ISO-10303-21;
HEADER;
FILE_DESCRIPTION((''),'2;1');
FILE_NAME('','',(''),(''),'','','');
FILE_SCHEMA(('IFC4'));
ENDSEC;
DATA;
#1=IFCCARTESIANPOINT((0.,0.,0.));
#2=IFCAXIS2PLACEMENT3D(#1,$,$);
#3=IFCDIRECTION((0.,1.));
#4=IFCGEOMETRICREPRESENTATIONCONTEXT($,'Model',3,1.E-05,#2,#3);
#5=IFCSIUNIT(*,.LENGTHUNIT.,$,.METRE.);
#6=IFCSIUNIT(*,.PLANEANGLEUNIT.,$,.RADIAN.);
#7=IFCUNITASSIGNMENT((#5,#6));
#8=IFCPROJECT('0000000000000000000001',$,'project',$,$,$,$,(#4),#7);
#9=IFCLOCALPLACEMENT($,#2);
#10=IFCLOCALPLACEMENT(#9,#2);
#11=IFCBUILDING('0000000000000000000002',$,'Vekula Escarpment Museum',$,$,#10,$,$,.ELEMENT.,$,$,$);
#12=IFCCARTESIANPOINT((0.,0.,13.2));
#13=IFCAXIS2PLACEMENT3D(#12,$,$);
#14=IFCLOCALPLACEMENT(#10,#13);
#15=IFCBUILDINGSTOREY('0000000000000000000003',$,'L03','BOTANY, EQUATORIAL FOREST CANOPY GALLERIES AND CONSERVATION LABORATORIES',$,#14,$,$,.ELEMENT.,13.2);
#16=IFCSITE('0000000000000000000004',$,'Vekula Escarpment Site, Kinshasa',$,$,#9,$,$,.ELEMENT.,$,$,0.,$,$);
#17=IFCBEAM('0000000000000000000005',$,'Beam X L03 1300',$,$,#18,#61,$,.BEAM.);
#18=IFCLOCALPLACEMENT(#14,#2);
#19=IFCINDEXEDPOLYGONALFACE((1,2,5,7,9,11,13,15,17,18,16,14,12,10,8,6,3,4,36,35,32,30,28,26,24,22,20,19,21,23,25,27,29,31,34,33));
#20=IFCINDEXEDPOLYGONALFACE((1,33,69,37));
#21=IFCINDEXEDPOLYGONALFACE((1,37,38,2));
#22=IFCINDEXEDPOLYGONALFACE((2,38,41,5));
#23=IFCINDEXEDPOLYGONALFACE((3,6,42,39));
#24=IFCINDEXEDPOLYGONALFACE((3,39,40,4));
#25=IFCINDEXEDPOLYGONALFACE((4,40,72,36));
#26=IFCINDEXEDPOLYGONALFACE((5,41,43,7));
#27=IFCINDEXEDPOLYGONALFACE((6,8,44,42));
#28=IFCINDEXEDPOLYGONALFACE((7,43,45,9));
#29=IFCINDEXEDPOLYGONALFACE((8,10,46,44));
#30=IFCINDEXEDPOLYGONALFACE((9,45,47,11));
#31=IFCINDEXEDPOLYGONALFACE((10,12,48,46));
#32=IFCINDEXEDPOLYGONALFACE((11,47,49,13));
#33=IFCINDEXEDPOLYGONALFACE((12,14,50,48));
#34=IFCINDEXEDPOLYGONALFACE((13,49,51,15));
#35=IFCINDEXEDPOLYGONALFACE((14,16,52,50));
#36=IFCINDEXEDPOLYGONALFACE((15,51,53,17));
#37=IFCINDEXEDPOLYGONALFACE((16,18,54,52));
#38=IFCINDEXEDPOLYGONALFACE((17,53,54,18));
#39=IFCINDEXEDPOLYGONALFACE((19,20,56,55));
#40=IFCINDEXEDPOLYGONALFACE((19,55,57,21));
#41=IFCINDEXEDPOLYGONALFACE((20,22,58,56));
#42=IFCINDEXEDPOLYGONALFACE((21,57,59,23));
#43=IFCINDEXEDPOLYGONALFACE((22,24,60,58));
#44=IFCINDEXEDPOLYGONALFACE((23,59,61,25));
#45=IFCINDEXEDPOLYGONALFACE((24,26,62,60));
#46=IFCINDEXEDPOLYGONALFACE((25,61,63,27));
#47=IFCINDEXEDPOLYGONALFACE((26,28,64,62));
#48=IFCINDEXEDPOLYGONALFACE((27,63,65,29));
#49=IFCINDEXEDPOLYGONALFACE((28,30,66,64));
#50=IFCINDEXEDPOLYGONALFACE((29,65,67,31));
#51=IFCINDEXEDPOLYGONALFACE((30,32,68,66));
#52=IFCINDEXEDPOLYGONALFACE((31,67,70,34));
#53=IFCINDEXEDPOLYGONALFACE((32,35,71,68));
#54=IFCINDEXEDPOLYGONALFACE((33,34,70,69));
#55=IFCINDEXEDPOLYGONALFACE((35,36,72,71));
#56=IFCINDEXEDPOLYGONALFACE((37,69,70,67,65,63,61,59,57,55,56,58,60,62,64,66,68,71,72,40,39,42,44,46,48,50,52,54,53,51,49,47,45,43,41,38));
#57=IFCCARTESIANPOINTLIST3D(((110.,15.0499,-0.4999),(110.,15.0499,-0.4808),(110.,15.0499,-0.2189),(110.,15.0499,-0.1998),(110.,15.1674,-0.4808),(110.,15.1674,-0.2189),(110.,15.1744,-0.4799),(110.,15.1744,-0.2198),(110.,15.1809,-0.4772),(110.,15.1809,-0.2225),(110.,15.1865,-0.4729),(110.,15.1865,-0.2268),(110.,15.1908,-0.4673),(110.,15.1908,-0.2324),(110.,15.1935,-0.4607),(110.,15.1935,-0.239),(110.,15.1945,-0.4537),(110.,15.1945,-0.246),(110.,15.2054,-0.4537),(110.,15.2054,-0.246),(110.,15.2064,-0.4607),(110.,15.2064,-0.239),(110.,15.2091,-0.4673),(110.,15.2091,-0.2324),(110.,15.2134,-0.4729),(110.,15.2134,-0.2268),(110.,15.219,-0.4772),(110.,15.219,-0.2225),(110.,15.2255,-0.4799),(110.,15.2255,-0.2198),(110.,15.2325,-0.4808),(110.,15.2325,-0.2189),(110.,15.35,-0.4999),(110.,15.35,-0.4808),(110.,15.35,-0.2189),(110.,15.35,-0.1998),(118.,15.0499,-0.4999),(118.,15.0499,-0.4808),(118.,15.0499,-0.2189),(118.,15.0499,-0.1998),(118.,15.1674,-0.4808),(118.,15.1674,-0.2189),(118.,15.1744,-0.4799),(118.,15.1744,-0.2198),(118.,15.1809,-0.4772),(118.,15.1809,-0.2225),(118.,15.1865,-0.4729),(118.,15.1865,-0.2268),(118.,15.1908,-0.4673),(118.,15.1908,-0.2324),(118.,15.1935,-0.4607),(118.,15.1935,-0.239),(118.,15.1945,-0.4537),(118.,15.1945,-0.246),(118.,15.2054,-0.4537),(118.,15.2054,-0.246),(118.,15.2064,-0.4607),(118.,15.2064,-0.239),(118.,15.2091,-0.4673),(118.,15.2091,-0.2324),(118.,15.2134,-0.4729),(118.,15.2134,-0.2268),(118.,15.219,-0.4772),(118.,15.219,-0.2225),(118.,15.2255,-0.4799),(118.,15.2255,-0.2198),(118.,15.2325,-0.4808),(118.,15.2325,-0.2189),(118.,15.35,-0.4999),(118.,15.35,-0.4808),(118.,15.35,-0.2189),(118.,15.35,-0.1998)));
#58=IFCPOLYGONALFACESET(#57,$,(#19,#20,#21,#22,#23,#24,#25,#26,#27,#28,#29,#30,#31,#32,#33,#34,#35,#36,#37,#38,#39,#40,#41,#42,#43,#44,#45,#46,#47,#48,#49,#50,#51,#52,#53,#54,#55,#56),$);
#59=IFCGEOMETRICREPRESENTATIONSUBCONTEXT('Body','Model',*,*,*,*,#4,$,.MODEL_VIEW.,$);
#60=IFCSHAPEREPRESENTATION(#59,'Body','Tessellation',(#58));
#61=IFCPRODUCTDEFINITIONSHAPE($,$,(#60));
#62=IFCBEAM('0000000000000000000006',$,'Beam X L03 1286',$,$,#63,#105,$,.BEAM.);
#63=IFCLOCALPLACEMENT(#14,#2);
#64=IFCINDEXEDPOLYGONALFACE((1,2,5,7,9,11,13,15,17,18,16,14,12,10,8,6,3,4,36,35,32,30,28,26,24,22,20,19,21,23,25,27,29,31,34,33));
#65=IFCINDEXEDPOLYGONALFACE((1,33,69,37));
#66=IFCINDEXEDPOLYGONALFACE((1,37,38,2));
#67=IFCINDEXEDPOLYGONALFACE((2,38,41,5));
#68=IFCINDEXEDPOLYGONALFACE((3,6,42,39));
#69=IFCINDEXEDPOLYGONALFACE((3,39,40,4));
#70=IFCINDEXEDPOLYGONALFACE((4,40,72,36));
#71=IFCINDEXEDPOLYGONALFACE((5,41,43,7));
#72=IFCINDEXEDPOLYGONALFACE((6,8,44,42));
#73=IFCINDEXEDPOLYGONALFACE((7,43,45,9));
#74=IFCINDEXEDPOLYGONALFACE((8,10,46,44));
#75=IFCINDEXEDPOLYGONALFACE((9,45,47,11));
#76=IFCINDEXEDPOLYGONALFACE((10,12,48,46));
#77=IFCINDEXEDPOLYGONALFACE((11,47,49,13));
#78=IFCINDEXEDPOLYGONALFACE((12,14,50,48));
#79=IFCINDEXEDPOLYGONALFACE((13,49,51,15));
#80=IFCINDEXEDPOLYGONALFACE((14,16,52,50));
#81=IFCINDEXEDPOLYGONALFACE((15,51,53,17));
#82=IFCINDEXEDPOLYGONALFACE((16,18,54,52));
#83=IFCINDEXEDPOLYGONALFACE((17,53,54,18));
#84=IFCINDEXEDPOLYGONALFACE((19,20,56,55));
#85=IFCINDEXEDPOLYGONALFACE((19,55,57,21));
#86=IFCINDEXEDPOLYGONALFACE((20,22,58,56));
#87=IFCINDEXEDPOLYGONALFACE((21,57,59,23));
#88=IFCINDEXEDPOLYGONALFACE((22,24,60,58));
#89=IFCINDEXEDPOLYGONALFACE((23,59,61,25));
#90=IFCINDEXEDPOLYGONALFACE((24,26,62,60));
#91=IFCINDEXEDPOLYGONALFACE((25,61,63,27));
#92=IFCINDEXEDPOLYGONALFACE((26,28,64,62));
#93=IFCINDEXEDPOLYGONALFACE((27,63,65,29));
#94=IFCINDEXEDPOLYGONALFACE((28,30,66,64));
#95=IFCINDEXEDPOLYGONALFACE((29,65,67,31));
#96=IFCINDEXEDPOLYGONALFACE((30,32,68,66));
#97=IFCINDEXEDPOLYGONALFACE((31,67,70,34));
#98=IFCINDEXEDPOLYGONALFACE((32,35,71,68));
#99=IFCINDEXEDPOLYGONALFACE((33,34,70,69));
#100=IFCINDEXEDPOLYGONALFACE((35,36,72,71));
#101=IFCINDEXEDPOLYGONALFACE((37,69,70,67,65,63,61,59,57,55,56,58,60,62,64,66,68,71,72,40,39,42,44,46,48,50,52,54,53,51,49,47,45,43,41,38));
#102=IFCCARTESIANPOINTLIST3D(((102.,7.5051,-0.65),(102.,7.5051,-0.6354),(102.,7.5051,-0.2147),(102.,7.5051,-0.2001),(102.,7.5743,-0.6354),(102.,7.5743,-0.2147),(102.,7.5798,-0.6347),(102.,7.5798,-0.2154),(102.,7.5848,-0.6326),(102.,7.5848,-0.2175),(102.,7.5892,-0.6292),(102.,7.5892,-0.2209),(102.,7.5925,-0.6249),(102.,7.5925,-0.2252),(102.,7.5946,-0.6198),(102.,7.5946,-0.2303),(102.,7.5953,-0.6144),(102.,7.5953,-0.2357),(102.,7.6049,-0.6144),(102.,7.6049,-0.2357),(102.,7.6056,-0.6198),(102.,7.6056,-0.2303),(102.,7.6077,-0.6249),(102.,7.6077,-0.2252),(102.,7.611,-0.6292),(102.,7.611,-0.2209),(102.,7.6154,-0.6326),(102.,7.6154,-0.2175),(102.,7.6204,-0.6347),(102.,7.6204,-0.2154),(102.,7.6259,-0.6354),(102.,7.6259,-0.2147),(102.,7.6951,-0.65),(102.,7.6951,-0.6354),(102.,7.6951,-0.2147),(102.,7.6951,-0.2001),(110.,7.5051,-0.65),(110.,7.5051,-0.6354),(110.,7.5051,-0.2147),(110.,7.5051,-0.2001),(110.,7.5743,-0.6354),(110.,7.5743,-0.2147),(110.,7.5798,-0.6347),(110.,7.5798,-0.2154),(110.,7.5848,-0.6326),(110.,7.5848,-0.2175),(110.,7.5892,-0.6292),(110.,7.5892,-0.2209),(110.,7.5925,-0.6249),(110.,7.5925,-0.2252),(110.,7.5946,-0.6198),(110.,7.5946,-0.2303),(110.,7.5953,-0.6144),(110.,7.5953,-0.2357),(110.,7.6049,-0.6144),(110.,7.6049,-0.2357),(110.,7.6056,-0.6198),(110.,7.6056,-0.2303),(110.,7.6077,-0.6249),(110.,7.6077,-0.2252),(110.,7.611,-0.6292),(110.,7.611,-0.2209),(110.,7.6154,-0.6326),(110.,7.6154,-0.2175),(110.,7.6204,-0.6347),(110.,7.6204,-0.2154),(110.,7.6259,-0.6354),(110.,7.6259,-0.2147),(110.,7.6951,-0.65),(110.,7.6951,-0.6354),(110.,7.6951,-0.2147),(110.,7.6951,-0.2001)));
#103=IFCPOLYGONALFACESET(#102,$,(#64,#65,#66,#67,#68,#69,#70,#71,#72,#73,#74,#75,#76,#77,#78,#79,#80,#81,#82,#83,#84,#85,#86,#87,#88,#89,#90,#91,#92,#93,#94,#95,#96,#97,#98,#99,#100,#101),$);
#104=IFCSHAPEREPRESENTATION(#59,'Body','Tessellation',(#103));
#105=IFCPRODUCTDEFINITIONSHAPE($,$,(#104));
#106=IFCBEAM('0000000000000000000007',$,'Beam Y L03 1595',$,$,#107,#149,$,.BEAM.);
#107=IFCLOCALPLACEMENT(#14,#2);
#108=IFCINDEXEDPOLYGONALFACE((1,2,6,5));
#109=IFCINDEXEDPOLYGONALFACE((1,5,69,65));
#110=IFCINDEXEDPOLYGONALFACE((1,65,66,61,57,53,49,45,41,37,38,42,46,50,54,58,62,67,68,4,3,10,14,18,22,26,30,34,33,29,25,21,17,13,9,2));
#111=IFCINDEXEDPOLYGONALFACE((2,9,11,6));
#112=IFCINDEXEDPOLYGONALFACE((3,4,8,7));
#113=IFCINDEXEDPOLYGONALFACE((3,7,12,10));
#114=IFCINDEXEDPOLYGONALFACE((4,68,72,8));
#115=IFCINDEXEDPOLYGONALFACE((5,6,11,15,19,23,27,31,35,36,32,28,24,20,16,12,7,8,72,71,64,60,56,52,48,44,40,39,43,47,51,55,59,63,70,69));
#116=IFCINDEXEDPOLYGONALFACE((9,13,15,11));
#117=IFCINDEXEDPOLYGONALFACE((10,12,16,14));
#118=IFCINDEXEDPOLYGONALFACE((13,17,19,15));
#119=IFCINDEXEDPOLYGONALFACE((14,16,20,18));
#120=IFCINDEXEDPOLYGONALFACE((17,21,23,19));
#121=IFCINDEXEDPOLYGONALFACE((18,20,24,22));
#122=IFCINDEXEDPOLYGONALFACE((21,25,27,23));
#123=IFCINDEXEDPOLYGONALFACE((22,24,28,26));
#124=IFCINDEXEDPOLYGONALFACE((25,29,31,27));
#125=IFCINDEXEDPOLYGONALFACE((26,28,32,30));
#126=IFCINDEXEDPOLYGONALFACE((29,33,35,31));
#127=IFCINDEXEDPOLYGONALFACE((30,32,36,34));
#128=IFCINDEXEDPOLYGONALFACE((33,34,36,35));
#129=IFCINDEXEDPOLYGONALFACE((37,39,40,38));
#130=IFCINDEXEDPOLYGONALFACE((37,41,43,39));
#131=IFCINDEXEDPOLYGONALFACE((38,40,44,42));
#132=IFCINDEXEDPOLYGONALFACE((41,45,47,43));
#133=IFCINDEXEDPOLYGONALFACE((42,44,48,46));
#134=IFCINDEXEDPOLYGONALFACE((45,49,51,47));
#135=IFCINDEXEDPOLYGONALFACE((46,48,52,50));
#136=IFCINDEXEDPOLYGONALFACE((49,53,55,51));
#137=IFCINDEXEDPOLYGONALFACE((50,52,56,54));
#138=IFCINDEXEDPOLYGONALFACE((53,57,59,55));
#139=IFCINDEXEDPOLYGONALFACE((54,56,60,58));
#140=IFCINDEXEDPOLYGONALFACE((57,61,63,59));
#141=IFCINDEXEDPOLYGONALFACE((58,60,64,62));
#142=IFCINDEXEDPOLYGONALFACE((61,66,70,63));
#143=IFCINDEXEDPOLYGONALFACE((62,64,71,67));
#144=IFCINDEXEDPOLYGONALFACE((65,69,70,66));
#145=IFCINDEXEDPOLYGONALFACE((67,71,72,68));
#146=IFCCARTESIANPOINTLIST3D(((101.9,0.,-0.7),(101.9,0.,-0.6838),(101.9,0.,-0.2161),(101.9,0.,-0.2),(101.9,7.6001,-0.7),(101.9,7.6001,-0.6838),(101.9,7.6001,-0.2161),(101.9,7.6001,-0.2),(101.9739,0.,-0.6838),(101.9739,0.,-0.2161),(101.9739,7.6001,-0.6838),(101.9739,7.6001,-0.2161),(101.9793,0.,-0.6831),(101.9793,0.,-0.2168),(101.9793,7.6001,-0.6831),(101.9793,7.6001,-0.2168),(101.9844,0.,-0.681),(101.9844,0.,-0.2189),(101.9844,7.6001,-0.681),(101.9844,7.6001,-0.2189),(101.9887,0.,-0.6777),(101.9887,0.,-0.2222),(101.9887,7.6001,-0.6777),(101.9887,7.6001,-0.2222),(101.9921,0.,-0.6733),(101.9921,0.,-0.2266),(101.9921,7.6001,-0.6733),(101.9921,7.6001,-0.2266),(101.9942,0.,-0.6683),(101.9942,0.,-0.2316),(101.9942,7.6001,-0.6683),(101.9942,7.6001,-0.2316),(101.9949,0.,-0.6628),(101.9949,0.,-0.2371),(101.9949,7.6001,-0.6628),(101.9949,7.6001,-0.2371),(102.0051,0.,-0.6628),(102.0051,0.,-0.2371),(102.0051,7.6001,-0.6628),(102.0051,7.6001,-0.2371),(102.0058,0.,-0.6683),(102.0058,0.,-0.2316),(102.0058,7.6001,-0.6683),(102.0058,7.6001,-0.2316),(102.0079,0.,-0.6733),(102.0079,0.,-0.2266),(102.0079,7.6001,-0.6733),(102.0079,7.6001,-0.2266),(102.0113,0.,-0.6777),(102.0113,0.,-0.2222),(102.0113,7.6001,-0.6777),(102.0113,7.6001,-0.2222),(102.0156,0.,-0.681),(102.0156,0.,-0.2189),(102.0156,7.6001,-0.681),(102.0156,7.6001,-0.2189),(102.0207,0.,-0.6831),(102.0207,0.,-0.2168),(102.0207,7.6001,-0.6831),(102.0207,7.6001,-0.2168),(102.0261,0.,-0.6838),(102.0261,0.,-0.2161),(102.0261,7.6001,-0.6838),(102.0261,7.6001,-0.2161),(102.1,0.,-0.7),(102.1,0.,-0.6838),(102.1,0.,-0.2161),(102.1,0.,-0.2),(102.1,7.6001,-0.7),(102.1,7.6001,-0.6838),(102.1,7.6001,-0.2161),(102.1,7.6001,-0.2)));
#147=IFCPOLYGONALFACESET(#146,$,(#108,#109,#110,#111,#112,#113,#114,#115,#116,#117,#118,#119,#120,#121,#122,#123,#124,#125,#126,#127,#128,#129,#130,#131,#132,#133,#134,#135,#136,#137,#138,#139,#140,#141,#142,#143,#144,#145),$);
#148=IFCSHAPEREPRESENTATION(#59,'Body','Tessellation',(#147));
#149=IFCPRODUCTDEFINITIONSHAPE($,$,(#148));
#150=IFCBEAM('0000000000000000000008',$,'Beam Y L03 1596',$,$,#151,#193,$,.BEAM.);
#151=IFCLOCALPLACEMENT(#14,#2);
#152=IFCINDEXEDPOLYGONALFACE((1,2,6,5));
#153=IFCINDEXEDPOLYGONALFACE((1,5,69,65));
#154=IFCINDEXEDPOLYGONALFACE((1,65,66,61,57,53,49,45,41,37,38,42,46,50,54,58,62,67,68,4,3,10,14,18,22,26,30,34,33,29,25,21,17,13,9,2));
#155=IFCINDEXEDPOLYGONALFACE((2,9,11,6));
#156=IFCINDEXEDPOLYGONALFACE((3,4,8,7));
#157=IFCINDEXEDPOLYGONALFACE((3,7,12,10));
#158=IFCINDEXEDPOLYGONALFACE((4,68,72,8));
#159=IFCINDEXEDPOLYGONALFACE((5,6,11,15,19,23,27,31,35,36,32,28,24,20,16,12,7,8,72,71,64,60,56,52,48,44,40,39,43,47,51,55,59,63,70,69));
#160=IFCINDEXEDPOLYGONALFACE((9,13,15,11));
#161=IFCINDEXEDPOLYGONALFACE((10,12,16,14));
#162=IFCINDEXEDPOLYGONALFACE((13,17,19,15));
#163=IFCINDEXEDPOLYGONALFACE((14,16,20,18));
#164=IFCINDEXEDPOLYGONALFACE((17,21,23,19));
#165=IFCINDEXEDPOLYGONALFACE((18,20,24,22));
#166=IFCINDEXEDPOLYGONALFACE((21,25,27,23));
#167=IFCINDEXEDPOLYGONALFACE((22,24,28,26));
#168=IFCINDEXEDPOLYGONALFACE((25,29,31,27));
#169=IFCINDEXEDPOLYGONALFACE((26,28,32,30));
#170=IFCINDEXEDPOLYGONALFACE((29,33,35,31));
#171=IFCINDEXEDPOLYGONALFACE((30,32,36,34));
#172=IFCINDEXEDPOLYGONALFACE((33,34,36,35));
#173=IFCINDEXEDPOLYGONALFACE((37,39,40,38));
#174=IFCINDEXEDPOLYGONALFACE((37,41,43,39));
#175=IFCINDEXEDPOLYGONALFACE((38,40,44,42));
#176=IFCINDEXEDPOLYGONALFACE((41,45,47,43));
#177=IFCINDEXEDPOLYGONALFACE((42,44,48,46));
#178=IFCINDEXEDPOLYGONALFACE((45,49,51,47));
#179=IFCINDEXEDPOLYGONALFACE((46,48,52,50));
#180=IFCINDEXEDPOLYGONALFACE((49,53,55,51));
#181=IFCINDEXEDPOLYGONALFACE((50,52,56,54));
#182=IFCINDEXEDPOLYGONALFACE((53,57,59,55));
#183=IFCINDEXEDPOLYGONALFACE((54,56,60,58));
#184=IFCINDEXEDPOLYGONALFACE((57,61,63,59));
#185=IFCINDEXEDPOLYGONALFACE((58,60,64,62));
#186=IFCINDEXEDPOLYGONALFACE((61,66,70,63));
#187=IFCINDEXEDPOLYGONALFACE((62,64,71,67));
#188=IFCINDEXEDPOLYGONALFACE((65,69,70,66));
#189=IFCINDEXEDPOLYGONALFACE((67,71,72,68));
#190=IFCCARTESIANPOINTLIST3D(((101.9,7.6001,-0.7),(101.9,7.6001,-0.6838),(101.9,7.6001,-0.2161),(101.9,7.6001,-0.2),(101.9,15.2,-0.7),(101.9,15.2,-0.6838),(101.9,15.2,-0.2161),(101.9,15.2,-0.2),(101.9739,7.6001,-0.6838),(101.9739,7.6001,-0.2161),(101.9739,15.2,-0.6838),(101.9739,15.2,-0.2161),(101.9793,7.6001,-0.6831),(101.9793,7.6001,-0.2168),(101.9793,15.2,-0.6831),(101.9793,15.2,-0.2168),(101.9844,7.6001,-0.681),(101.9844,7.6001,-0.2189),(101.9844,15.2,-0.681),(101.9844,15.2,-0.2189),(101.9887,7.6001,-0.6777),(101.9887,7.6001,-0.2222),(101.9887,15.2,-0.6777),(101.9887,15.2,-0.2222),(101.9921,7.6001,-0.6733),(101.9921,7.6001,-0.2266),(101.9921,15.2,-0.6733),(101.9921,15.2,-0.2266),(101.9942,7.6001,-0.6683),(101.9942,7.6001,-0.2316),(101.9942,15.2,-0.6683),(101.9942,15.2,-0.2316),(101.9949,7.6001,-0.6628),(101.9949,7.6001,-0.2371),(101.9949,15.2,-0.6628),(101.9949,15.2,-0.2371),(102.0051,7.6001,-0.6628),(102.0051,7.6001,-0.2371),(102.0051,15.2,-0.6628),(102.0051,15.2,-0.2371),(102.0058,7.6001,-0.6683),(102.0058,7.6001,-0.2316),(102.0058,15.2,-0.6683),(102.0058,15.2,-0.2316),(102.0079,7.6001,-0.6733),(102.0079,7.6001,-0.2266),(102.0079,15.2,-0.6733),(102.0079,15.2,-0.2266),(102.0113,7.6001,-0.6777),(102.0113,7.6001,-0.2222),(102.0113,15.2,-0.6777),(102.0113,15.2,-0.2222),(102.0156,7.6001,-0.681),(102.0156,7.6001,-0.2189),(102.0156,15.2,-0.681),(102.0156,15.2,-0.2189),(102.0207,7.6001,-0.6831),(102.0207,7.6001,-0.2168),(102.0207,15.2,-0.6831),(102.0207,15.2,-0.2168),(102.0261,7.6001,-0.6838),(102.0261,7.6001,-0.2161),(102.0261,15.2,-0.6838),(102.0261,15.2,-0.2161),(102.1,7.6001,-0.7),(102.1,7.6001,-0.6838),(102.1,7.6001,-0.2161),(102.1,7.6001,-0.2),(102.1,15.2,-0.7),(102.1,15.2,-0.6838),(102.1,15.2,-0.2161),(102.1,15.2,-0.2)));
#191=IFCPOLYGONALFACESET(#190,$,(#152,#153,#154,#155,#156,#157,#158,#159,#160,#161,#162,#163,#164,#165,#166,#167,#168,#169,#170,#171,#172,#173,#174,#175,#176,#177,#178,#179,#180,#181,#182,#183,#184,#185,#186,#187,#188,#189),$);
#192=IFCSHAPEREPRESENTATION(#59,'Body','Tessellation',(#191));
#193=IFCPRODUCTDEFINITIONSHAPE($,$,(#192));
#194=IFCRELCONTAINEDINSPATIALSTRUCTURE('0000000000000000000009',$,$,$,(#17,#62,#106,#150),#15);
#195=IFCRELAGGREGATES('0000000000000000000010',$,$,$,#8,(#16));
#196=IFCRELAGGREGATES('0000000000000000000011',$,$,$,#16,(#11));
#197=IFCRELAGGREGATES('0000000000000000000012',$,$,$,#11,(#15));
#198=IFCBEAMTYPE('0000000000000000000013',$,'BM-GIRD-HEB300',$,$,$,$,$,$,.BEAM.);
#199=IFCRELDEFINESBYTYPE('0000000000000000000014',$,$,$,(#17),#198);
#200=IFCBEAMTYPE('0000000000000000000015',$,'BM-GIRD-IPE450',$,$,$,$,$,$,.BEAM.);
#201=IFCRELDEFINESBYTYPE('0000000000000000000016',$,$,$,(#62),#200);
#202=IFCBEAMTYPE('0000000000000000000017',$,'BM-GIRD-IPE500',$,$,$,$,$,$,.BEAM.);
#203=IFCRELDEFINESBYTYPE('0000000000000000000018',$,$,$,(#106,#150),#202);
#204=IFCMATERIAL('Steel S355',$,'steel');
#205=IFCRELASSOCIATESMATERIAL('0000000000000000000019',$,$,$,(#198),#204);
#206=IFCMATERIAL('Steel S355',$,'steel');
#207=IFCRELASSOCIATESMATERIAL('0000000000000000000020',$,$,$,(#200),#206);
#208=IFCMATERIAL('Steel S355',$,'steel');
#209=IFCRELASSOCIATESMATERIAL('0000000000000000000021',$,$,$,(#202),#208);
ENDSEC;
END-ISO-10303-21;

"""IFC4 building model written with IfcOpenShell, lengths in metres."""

from ifc_helpers import new_model, si_unit, direction, frame, origin, origin_2d, place, context, subcontext, project, spatial, i_section, extrude, material, material_profile, profile_set, type_object, element, save


model = new_model("IFC4")

# Units and contexts
model_context = context("Model", 3, precision=1e-05, world=origin(), true_north=direction((0.0, 1.0)))
body_context = subcontext(model_context, "Body", "Model", "MODEL_VIEW")
ifc_project = project(units=[si_unit("LENGTHUNIT", "METRE"), si_unit("PLANEANGLEUNIT", "RADIAN")], contexts=[model_context])

# Site, building, storey
site_placement = place(None, origin())
site = spatial("IfcSite", under=ifc_project, at=site_placement, Name="Vekula Escarpment Site, Kinshasa", CompositionType="ELEMENT", RefElevation=0.0)
building_placement = place(site_placement, origin())
building = spatial("IfcBuilding", under=site, at=building_placement, Name="Vekula Escarpment Museum", CompositionType="ELEMENT")
storey_placement = place(building_placement, frame((0.0, 0.0, 13.2)))
storey = spatial("IfcBuildingStorey", under=building, at=storey_placement, Name="L03", Description="BOTANY, EQUATORIAL FOREST CANOPY GALLERIES AND CONSERVATION LABORATORIES", CompositionType="ELEMENT", Elevation=13.2)

# Beams
ifc_material_1 = material(Name="Steel S355", Category="steel")
ifc_material_profile_1 = material_profile(ifc_material_1, i_section(OverallWidth=0.3, OverallDepth=0.3, WebThickness=0.011, FlangeThickness=0.019, FilletRadius=0.0271, at=origin_2d()), Name="HEB 300")
ifc_profile_set_1 = profile_set([ifc_material_profile_1], Name="Steel S355")
beam_type_1 = type_object("IfcBeamType", Name="BM-GIRD-HEB300", PredefinedType="BEAM", material=ifc_profile_set_1)
beam_1_placement = place(storey_placement, frame((110.0, 15.2, -0.3499), z_axis=(1.0, 0.0, 0.0), x_axis=(0.0, 1.0, 0.0)))
element("IfcBeam", 1, at=beam_1_placement, inside=storey, type_object=beam_type_1, Name="Beam X L03 1300", PredefinedType="BEAM", context=body_context, shape_type="SweptSolid", body=[
    extrude(i_section(OverallWidth=0.3, OverallDepth=0.3, WebThickness=0.011, FlangeThickness=0.019, FilletRadius=0.0271, at=origin_2d()), origin(), (0.0, 0.0, 1.0), 8.0),
])
ifc_material_2 = material(Name="Steel S355", Category="steel")
ifc_material_profile_2 = material_profile(ifc_material_2, i_section(OverallWidth=0.1899, OverallDepth=0.45, WebThickness=0.0095, FlangeThickness=0.0146, FilletRadius=0.021, at=origin_2d()), Name="IPE 450")
ifc_profile_set_2 = profile_set([ifc_material_profile_2], Name="Steel S355")
beam_type_2 = type_object("IfcBeamType", Name="BM-GIRD-IPE450", PredefinedType="BEAM", material=ifc_profile_set_2)
beam_2_placement = place(storey_placement, frame((102.0, 7.6001, -0.425), z_axis=(1.0, 0.0, 0.0), x_axis=(0.0, 1.0, 0.0)))
element("IfcBeam", 2, at=beam_2_placement, inside=storey, type_object=beam_type_2, Name="Beam X L03 1286", PredefinedType="BEAM", context=body_context, shape_type="SweptSolid", body=[
    extrude(i_section(OverallWidth=0.1899, OverallDepth=0.45, WebThickness=0.0095, FlangeThickness=0.0146, FilletRadius=0.021, at=origin_2d()), origin(), (0.0, 0.0, 1.0), 8.0),
])
ifc_material_3 = material(Name="Steel S355", Category="steel")
ifc_material_profile_3 = material_profile(ifc_material_3, i_section(OverallWidth=0.2, OverallDepth=0.5, WebThickness=0.0103, FlangeThickness=0.0161, FilletRadius=0.021, at=origin_2d()), Name="IPE 500")
ifc_profile_set_3 = profile_set([ifc_material_profile_3], Name="Steel S355")
beam_type_3 = type_object("IfcBeamType", Name="BM-GIRD-IPE500", PredefinedType="BEAM", material=ifc_profile_set_3)
beam_3_placement = place(storey_placement, frame((102.0, 0.0, -0.45), z_axis=(0.0, 1.0, 0.0), x_axis=(-1.0, 0.0, 0.0)))
element("IfcBeam", 3, at=beam_3_placement, inside=storey, type_object=beam_type_3, Name="Beam Y L03 1595", PredefinedType="BEAM", context=body_context, shape_type="SweptSolid", body=[
    extrude(i_section(OverallWidth=0.2, OverallDepth=0.5, WebThickness=0.0103, FlangeThickness=0.0161, FilletRadius=0.021, at=origin_2d()), origin(), (0.0, 0.0, 1.0), 7.6001),
])
for number, where, z_axis, x_axis, name in (
    (4, (102.0, 7.6001, -0.45), (0.0, 1.0, 0.0), (-1.0, 0.0, 0.0), "Beam Y L03 1596"),
):
    element("IfcBeam", number, at=place(storey_placement, frame(where, z_axis=z_axis, x_axis=x_axis)), inside=storey, type_object=beam_type_3, Name=name, PredefinedType="BEAM", context=body_context, shape_type="SweptSolid", body=[
        extrude(i_section(OverallWidth=0.2, OverallDepth=0.5, WebThickness=0.0103, FlangeThickness=0.0161, FilletRadius=0.021, at=origin_2d()), origin(), (0.0, 0.0, 1.0), 7.5999),
    ])

save(model, "model.ifc")
